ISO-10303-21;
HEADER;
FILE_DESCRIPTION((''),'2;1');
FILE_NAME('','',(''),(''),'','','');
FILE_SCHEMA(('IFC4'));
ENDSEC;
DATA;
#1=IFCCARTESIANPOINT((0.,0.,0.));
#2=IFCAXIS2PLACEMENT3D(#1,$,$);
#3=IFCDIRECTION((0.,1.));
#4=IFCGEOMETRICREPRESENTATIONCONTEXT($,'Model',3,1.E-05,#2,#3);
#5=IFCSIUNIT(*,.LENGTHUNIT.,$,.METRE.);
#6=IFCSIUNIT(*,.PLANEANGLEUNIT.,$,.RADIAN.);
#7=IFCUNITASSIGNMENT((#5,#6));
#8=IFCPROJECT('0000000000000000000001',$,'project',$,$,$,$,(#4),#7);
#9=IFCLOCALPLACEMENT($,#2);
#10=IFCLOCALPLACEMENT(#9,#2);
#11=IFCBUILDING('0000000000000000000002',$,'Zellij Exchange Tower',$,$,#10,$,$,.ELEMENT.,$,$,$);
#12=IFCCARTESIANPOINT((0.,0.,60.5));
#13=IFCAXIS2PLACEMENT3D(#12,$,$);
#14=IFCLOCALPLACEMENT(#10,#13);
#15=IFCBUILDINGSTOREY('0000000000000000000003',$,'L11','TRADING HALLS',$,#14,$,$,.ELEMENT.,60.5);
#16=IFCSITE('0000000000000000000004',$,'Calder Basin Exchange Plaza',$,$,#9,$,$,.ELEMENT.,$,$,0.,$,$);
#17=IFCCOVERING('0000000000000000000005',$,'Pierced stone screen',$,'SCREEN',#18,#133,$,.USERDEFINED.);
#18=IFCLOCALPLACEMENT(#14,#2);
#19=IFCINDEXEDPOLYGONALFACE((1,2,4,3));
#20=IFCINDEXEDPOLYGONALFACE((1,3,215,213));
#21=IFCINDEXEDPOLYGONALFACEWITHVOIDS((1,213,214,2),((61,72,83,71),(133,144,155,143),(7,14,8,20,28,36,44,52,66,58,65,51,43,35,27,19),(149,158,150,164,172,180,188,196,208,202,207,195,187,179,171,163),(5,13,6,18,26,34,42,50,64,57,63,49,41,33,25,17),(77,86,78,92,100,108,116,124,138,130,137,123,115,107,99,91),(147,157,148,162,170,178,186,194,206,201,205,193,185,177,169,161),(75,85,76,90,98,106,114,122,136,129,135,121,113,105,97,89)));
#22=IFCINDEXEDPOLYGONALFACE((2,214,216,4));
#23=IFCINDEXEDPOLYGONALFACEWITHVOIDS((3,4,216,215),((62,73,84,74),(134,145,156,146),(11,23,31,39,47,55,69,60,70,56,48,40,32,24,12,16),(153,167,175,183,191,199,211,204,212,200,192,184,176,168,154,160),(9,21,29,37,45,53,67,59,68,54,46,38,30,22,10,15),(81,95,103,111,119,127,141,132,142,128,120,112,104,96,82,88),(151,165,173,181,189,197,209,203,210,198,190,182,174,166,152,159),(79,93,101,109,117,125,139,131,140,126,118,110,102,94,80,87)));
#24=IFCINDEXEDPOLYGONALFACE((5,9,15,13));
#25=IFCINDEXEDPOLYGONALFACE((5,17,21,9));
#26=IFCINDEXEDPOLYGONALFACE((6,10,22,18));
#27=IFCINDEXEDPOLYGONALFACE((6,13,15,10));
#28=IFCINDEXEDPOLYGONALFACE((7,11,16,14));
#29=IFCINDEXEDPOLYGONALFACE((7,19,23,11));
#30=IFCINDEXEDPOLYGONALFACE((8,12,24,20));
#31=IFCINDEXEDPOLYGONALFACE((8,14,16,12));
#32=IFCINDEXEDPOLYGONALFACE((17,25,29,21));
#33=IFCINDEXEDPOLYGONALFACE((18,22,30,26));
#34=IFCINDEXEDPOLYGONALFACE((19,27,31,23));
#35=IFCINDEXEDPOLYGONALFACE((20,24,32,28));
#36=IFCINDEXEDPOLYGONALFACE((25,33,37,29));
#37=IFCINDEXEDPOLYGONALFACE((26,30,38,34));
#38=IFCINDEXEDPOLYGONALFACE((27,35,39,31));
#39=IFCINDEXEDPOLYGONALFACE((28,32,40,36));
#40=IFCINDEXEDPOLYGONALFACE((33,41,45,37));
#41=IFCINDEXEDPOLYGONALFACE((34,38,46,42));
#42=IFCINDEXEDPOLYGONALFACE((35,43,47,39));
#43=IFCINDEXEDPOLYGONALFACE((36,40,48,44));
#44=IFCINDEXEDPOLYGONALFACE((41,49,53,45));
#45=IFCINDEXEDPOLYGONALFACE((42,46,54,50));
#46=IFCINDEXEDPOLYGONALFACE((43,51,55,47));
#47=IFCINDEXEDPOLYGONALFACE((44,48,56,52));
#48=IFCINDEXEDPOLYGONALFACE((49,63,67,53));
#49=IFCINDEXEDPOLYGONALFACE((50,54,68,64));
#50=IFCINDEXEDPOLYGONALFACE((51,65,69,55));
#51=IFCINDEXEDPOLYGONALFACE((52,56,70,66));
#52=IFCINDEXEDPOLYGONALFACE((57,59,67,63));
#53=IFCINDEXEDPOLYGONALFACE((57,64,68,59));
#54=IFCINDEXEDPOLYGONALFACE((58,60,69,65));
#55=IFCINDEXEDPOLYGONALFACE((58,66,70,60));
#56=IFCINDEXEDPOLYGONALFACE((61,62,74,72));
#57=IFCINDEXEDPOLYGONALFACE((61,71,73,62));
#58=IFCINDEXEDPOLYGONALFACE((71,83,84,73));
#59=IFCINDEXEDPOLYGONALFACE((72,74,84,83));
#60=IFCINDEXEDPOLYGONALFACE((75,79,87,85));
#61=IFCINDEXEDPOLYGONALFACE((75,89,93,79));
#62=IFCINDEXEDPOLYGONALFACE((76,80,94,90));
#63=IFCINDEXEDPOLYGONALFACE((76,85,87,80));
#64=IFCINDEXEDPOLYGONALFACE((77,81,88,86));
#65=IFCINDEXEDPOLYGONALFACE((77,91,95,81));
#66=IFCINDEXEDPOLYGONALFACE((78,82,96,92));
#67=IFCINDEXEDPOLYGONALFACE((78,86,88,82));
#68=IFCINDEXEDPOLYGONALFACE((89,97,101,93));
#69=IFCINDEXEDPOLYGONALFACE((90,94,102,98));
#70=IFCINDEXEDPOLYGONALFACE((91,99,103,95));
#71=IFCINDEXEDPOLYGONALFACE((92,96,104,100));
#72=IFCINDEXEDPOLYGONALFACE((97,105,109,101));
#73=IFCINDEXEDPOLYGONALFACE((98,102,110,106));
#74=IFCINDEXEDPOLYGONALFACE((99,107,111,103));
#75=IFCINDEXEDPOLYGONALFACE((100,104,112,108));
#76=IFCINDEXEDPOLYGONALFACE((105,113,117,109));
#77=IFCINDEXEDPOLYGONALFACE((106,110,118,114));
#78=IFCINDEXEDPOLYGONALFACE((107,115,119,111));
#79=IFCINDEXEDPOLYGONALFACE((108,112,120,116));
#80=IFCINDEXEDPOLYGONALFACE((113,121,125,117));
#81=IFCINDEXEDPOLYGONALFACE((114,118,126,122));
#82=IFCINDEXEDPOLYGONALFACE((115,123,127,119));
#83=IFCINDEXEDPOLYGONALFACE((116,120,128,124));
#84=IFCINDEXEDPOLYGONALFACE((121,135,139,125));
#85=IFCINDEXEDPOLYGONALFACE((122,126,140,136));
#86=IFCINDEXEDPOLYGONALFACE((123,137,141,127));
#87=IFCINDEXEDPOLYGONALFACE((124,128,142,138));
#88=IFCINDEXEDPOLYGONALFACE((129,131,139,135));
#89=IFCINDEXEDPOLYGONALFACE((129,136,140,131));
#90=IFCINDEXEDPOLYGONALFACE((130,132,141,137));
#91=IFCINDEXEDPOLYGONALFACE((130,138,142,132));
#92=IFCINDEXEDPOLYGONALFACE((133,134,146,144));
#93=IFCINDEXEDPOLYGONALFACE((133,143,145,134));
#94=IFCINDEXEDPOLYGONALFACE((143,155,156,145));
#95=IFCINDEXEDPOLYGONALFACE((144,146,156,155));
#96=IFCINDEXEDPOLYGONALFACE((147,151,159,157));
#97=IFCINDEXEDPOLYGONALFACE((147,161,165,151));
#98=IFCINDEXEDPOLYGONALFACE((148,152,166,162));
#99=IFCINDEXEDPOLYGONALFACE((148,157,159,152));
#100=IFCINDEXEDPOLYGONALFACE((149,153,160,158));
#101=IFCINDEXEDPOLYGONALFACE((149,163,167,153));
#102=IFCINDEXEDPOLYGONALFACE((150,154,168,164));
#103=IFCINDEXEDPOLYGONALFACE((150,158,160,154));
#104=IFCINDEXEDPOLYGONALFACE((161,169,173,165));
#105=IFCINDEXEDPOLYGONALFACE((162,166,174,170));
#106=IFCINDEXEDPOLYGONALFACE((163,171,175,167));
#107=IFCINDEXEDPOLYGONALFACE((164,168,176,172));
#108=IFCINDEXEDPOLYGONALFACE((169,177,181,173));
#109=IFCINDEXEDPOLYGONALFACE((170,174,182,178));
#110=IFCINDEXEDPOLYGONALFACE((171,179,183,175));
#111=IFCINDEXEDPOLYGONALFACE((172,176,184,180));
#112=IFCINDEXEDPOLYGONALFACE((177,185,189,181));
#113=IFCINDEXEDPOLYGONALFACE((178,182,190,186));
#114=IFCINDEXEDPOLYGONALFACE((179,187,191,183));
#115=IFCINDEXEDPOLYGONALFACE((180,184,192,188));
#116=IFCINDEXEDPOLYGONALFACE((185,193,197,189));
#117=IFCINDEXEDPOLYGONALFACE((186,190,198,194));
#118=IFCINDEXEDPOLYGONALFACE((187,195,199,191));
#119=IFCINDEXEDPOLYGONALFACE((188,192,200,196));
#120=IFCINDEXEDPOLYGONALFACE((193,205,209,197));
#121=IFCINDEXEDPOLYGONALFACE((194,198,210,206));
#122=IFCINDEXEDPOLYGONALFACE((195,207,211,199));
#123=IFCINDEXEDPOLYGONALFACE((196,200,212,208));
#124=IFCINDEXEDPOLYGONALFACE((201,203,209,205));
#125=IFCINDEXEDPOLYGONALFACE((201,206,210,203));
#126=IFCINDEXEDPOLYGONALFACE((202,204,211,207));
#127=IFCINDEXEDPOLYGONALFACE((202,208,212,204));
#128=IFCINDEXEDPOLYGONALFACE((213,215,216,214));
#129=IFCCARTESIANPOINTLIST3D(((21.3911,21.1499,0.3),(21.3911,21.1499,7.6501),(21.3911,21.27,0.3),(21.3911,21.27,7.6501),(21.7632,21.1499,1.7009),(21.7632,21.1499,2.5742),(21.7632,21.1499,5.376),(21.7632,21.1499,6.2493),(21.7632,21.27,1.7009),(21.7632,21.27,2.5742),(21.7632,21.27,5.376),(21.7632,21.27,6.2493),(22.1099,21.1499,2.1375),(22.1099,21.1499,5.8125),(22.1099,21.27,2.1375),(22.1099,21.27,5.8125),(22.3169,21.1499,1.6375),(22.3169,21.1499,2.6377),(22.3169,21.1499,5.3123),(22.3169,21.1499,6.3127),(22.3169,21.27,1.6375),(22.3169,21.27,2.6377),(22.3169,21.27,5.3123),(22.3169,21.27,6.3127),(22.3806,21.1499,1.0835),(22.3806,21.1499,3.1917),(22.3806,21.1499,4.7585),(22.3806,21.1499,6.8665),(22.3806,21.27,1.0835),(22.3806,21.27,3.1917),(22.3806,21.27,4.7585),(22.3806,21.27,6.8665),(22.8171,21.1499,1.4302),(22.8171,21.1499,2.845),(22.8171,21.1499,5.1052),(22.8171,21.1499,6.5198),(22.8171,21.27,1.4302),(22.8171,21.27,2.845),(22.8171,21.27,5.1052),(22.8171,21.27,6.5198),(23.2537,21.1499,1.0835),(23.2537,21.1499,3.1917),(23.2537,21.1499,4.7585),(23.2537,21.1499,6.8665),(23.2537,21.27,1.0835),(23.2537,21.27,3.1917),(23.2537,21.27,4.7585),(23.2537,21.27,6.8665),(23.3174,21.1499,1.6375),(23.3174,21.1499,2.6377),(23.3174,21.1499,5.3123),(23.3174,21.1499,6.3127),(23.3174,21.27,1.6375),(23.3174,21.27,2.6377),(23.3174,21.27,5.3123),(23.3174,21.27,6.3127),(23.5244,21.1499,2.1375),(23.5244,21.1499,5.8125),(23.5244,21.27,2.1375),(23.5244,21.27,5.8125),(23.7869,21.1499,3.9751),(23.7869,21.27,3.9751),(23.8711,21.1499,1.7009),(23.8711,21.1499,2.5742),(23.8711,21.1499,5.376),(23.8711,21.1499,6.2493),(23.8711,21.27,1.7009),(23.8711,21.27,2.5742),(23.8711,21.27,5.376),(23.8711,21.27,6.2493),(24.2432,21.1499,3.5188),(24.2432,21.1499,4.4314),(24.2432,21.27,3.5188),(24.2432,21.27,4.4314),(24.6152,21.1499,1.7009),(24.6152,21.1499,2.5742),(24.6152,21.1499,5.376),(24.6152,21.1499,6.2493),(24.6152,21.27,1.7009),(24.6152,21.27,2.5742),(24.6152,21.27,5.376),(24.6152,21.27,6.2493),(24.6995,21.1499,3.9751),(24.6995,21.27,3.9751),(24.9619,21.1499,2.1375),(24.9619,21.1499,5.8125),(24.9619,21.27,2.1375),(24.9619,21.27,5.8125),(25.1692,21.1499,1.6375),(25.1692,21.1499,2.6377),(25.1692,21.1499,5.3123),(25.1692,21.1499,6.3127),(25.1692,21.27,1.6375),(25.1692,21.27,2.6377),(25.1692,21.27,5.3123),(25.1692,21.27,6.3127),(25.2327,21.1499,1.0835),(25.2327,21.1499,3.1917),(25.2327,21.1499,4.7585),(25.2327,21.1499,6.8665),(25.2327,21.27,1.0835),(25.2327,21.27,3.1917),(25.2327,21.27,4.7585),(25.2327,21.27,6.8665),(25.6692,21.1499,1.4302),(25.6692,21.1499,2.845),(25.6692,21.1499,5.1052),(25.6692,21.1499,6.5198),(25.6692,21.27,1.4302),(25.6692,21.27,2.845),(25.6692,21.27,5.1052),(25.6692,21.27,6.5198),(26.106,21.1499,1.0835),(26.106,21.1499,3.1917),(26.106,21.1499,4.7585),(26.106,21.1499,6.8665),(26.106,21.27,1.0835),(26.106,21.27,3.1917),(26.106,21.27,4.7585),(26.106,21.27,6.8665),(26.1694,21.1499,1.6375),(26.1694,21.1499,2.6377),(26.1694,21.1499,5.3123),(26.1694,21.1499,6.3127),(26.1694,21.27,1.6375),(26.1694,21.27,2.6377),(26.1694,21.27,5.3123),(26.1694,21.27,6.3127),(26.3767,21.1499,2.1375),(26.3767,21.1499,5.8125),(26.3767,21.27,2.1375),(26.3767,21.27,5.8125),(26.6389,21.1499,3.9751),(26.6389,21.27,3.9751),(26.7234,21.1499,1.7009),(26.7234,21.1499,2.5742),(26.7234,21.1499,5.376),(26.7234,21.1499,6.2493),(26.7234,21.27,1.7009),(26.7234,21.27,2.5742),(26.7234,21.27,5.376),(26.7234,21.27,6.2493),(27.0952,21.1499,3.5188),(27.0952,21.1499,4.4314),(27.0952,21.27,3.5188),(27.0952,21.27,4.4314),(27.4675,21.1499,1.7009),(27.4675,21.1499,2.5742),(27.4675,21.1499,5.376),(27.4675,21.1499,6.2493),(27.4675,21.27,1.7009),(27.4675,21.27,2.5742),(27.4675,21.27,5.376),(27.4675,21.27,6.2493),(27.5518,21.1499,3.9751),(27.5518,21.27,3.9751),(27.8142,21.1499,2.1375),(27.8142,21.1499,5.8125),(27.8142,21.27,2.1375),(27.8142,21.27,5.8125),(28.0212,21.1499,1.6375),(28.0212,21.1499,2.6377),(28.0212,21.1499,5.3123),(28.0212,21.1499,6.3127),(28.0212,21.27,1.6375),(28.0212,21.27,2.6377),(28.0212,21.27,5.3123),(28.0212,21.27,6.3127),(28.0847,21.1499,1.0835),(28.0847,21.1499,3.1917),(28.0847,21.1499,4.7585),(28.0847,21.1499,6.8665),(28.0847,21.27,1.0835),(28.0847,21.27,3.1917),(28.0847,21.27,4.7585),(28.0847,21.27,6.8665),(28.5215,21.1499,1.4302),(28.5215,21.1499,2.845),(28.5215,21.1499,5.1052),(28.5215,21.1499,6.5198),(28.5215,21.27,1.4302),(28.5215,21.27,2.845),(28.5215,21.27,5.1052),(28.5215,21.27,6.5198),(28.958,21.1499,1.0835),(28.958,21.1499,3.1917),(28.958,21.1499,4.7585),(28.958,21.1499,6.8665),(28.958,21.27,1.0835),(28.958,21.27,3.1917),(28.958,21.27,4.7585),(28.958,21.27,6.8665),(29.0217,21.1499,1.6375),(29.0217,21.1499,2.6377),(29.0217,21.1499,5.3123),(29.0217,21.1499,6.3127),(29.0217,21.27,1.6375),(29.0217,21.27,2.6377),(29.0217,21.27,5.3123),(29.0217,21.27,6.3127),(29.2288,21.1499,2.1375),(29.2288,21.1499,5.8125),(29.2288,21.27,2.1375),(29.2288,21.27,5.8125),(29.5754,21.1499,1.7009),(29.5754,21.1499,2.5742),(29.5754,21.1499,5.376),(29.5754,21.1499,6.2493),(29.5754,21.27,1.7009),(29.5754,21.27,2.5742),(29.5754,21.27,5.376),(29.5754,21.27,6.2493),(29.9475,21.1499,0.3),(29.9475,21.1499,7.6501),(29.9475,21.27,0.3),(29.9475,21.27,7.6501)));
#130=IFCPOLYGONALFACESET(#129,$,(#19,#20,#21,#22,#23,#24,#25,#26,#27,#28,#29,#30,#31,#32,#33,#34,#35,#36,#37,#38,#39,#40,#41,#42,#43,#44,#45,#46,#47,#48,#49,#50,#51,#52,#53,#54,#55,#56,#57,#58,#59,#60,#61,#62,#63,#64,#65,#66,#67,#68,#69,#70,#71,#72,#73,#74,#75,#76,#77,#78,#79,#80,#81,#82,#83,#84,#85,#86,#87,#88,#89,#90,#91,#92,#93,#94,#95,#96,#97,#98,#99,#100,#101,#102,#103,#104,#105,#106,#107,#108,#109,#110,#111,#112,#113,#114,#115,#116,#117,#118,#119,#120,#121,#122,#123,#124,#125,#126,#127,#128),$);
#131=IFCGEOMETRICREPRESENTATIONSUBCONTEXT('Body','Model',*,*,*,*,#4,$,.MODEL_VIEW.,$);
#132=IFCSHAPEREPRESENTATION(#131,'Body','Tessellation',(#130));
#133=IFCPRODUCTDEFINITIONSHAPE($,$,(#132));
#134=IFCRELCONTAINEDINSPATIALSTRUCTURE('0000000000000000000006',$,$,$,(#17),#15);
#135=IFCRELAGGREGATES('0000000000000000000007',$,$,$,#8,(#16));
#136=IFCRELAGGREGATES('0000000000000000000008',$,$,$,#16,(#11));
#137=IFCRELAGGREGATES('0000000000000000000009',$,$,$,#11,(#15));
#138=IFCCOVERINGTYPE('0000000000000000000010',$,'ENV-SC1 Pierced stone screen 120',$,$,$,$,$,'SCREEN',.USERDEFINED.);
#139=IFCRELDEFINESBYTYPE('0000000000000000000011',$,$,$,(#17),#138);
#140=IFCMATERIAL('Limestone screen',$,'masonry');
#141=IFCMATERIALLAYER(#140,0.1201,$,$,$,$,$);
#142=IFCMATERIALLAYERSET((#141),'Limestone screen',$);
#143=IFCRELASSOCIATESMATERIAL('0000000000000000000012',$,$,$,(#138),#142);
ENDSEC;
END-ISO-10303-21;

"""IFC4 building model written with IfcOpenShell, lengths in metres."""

from ifc_helpers import new_model, si_unit, direction, frame, origin, place, context, subcontext, project, spatial, polyline, outline, extrude, material, layer, layer_set, type_object, element, save


model = new_model("IFC4")

# Units and contexts
model_context = context("Model", 3, precision=1e-05, world=origin(), true_north=direction((0.0, 1.0)))
body_context = subcontext(model_context, "Body", "Model", "MODEL_VIEW")
ifc_project = project(units=[si_unit("LENGTHUNIT", "METRE"), si_unit("PLANEANGLEUNIT", "RADIAN")], contexts=[model_context])

# Site, building, storey
site_placement = place(None, origin())
site = spatial("IfcSite", under=ifc_project, at=site_placement, Name="Calder Basin Exchange Plaza", CompositionType="ELEMENT", RefElevation=0.0)
building_placement = place(site_placement, origin())
building = spatial("IfcBuilding", under=site, at=building_placement, Name="Zellij Exchange Tower", CompositionType="ELEMENT")
storey_placement = place(building_placement, frame((0.0, 0.0, 60.5)))
storey = spatial("IfcBuildingStorey", under=building, at=storey_placement, Name="L11", Description="TRADING HALLS", CompositionType="ELEMENT", Elevation=60.5)

# Covering
ifc_material_1 = material(Name="Limestone screen", Category="masonry")
ifc_layer_1 = layer(ifc_material_1, 0.1201)
ifc_layer_set_1 = layer_set([ifc_layer_1], Name="Limestone screen")
covering_type = type_object("IfcCoveringType", Name="ENV-SC1 Pierced stone screen 120", ElementType="SCREEN", PredefinedType="USERDEFINED", material=ifc_layer_set_1)
covering_1_placement = place(storey_placement, frame((29.9475, 21.21, 0.3), z_axis=(0.0, 0.0, 1.0), x_axis=(-1.0, 0.0, 0.0)))
element("IfcCovering", 1, at=covering_1_placement, inside=storey, type_object=covering_type, Name="Pierced stone screen", ObjectType="SCREEN", PredefinedType="USERDEFINED", context=body_context, shape_type="SweptSolid", body=[
    extrude(outline(polyline([(0.0, 0.0), (8.5564, 0.0), (8.5564, 7.3501), (0.0, 7.3501), (0.0, 0.0)]), holes=[polyline([(2.48, 2.2742), (1.9263, 2.3376), (1.8628, 2.8916), (1.426, 2.5449), (0.9895, 2.8916), (0.9258, 2.3376), (0.3721, 2.2742), (0.7188, 1.8374), (0.3721, 1.4009), (0.9258, 1.3374), (0.9895, 0.7834), (1.426, 1.1301), (1.8628, 0.7834), (1.9263, 1.3374), (2.48, 1.4009), (2.1333, 1.8374), (2.48, 2.2742)]), polyline([(2.48, 5.9492), (1.9263, 6.0127), (1.8628, 6.5664), (1.426, 6.2197), (0.9895, 6.5664), (0.9258, 6.0127), (0.3721, 5.9492), (0.7188, 5.5125), (0.3721, 5.0759), (0.9258, 5.0122), (0.9895, 4.4585), (1.426, 4.8052), (1.8628, 4.4585), (1.9263, 5.0122), (2.48, 5.0759), (2.1333, 5.5125), (2.48, 5.9492)]), polyline([(5.3323, 2.2742), (4.7783, 2.3376), (4.7148, 2.8916), (4.2783, 2.5449), (3.8416, 2.8916), (3.7781, 2.3376), (3.2241, 2.2742), (3.5708, 1.8374), (3.2241, 1.4009), (3.7781, 1.3374), (3.8416, 0.7834), (4.2783, 1.1301), (4.7148, 0.7834), (4.7783, 1.3374), (5.3323, 1.4009), (4.9856, 1.8374), (5.3323, 2.2742)]), polyline([(5.3323, 5.9492), (4.7783, 6.0127), (4.7148, 6.5664), (4.2783, 6.2197), (3.8416, 6.5664), (3.7781, 6.0127), (3.2241, 5.9492), (3.5708, 5.5125), (3.2241, 5.0759), (3.7781, 5.0122), (3.8416, 4.4585), (4.2783, 4.8052), (4.7148, 4.4585), (4.7783, 5.0122), (5.3323, 5.0759), (4.9856, 5.5125), (5.3323, 5.9492)]), polyline([(8.1843, 2.2742), (7.6306, 2.3376), (7.5669, 2.8916), (7.1304, 2.5449), (6.6938, 2.8916), (6.6301, 2.3376), (6.0764, 2.2742), (6.4231, 1.8374), (6.0764, 1.4009), (6.6301, 1.3374), (6.6938, 0.7834), (7.1304, 1.1301), (7.5669, 0.7834), (7.6306, 1.3374), (8.1843, 1.4009), (7.8376, 1.8374), (8.1843, 2.2742)]), polyline([(8.1843, 5.9492), (7.6306, 6.0127), (7.5669, 6.5664), (7.1304, 6.2197), (6.6938, 6.5664), (6.6301, 6.0127), (6.0764, 5.9492), (6.4231, 5.5125), (6.0764, 5.0759), (6.6301, 5.0122), (6.6938, 4.4585), (7.1304, 4.8052), (7.5669, 4.4585), (7.6306, 5.0122), (8.1843, 5.0759), (7.8376, 5.5125), (8.1843, 5.9492)]), polyline([(3.3086, 3.675), (2.8523, 4.1313), (2.3958, 3.675), (2.8523, 3.2188), (3.3086, 3.675)]), polyline([(6.1606, 3.675), (5.7043, 4.1313), (5.248, 3.675), (5.7043, 3.2188), (6.1606, 3.675)])]), frame((0.0, 0.0601, 0.0), z_axis=(0.0, -1.0, 0.0), x_axis=(1.0, 0.0, 0.0)), (0.0, 0.0, 1.0), 0.1201),
])

save(model, "model.ifc")
